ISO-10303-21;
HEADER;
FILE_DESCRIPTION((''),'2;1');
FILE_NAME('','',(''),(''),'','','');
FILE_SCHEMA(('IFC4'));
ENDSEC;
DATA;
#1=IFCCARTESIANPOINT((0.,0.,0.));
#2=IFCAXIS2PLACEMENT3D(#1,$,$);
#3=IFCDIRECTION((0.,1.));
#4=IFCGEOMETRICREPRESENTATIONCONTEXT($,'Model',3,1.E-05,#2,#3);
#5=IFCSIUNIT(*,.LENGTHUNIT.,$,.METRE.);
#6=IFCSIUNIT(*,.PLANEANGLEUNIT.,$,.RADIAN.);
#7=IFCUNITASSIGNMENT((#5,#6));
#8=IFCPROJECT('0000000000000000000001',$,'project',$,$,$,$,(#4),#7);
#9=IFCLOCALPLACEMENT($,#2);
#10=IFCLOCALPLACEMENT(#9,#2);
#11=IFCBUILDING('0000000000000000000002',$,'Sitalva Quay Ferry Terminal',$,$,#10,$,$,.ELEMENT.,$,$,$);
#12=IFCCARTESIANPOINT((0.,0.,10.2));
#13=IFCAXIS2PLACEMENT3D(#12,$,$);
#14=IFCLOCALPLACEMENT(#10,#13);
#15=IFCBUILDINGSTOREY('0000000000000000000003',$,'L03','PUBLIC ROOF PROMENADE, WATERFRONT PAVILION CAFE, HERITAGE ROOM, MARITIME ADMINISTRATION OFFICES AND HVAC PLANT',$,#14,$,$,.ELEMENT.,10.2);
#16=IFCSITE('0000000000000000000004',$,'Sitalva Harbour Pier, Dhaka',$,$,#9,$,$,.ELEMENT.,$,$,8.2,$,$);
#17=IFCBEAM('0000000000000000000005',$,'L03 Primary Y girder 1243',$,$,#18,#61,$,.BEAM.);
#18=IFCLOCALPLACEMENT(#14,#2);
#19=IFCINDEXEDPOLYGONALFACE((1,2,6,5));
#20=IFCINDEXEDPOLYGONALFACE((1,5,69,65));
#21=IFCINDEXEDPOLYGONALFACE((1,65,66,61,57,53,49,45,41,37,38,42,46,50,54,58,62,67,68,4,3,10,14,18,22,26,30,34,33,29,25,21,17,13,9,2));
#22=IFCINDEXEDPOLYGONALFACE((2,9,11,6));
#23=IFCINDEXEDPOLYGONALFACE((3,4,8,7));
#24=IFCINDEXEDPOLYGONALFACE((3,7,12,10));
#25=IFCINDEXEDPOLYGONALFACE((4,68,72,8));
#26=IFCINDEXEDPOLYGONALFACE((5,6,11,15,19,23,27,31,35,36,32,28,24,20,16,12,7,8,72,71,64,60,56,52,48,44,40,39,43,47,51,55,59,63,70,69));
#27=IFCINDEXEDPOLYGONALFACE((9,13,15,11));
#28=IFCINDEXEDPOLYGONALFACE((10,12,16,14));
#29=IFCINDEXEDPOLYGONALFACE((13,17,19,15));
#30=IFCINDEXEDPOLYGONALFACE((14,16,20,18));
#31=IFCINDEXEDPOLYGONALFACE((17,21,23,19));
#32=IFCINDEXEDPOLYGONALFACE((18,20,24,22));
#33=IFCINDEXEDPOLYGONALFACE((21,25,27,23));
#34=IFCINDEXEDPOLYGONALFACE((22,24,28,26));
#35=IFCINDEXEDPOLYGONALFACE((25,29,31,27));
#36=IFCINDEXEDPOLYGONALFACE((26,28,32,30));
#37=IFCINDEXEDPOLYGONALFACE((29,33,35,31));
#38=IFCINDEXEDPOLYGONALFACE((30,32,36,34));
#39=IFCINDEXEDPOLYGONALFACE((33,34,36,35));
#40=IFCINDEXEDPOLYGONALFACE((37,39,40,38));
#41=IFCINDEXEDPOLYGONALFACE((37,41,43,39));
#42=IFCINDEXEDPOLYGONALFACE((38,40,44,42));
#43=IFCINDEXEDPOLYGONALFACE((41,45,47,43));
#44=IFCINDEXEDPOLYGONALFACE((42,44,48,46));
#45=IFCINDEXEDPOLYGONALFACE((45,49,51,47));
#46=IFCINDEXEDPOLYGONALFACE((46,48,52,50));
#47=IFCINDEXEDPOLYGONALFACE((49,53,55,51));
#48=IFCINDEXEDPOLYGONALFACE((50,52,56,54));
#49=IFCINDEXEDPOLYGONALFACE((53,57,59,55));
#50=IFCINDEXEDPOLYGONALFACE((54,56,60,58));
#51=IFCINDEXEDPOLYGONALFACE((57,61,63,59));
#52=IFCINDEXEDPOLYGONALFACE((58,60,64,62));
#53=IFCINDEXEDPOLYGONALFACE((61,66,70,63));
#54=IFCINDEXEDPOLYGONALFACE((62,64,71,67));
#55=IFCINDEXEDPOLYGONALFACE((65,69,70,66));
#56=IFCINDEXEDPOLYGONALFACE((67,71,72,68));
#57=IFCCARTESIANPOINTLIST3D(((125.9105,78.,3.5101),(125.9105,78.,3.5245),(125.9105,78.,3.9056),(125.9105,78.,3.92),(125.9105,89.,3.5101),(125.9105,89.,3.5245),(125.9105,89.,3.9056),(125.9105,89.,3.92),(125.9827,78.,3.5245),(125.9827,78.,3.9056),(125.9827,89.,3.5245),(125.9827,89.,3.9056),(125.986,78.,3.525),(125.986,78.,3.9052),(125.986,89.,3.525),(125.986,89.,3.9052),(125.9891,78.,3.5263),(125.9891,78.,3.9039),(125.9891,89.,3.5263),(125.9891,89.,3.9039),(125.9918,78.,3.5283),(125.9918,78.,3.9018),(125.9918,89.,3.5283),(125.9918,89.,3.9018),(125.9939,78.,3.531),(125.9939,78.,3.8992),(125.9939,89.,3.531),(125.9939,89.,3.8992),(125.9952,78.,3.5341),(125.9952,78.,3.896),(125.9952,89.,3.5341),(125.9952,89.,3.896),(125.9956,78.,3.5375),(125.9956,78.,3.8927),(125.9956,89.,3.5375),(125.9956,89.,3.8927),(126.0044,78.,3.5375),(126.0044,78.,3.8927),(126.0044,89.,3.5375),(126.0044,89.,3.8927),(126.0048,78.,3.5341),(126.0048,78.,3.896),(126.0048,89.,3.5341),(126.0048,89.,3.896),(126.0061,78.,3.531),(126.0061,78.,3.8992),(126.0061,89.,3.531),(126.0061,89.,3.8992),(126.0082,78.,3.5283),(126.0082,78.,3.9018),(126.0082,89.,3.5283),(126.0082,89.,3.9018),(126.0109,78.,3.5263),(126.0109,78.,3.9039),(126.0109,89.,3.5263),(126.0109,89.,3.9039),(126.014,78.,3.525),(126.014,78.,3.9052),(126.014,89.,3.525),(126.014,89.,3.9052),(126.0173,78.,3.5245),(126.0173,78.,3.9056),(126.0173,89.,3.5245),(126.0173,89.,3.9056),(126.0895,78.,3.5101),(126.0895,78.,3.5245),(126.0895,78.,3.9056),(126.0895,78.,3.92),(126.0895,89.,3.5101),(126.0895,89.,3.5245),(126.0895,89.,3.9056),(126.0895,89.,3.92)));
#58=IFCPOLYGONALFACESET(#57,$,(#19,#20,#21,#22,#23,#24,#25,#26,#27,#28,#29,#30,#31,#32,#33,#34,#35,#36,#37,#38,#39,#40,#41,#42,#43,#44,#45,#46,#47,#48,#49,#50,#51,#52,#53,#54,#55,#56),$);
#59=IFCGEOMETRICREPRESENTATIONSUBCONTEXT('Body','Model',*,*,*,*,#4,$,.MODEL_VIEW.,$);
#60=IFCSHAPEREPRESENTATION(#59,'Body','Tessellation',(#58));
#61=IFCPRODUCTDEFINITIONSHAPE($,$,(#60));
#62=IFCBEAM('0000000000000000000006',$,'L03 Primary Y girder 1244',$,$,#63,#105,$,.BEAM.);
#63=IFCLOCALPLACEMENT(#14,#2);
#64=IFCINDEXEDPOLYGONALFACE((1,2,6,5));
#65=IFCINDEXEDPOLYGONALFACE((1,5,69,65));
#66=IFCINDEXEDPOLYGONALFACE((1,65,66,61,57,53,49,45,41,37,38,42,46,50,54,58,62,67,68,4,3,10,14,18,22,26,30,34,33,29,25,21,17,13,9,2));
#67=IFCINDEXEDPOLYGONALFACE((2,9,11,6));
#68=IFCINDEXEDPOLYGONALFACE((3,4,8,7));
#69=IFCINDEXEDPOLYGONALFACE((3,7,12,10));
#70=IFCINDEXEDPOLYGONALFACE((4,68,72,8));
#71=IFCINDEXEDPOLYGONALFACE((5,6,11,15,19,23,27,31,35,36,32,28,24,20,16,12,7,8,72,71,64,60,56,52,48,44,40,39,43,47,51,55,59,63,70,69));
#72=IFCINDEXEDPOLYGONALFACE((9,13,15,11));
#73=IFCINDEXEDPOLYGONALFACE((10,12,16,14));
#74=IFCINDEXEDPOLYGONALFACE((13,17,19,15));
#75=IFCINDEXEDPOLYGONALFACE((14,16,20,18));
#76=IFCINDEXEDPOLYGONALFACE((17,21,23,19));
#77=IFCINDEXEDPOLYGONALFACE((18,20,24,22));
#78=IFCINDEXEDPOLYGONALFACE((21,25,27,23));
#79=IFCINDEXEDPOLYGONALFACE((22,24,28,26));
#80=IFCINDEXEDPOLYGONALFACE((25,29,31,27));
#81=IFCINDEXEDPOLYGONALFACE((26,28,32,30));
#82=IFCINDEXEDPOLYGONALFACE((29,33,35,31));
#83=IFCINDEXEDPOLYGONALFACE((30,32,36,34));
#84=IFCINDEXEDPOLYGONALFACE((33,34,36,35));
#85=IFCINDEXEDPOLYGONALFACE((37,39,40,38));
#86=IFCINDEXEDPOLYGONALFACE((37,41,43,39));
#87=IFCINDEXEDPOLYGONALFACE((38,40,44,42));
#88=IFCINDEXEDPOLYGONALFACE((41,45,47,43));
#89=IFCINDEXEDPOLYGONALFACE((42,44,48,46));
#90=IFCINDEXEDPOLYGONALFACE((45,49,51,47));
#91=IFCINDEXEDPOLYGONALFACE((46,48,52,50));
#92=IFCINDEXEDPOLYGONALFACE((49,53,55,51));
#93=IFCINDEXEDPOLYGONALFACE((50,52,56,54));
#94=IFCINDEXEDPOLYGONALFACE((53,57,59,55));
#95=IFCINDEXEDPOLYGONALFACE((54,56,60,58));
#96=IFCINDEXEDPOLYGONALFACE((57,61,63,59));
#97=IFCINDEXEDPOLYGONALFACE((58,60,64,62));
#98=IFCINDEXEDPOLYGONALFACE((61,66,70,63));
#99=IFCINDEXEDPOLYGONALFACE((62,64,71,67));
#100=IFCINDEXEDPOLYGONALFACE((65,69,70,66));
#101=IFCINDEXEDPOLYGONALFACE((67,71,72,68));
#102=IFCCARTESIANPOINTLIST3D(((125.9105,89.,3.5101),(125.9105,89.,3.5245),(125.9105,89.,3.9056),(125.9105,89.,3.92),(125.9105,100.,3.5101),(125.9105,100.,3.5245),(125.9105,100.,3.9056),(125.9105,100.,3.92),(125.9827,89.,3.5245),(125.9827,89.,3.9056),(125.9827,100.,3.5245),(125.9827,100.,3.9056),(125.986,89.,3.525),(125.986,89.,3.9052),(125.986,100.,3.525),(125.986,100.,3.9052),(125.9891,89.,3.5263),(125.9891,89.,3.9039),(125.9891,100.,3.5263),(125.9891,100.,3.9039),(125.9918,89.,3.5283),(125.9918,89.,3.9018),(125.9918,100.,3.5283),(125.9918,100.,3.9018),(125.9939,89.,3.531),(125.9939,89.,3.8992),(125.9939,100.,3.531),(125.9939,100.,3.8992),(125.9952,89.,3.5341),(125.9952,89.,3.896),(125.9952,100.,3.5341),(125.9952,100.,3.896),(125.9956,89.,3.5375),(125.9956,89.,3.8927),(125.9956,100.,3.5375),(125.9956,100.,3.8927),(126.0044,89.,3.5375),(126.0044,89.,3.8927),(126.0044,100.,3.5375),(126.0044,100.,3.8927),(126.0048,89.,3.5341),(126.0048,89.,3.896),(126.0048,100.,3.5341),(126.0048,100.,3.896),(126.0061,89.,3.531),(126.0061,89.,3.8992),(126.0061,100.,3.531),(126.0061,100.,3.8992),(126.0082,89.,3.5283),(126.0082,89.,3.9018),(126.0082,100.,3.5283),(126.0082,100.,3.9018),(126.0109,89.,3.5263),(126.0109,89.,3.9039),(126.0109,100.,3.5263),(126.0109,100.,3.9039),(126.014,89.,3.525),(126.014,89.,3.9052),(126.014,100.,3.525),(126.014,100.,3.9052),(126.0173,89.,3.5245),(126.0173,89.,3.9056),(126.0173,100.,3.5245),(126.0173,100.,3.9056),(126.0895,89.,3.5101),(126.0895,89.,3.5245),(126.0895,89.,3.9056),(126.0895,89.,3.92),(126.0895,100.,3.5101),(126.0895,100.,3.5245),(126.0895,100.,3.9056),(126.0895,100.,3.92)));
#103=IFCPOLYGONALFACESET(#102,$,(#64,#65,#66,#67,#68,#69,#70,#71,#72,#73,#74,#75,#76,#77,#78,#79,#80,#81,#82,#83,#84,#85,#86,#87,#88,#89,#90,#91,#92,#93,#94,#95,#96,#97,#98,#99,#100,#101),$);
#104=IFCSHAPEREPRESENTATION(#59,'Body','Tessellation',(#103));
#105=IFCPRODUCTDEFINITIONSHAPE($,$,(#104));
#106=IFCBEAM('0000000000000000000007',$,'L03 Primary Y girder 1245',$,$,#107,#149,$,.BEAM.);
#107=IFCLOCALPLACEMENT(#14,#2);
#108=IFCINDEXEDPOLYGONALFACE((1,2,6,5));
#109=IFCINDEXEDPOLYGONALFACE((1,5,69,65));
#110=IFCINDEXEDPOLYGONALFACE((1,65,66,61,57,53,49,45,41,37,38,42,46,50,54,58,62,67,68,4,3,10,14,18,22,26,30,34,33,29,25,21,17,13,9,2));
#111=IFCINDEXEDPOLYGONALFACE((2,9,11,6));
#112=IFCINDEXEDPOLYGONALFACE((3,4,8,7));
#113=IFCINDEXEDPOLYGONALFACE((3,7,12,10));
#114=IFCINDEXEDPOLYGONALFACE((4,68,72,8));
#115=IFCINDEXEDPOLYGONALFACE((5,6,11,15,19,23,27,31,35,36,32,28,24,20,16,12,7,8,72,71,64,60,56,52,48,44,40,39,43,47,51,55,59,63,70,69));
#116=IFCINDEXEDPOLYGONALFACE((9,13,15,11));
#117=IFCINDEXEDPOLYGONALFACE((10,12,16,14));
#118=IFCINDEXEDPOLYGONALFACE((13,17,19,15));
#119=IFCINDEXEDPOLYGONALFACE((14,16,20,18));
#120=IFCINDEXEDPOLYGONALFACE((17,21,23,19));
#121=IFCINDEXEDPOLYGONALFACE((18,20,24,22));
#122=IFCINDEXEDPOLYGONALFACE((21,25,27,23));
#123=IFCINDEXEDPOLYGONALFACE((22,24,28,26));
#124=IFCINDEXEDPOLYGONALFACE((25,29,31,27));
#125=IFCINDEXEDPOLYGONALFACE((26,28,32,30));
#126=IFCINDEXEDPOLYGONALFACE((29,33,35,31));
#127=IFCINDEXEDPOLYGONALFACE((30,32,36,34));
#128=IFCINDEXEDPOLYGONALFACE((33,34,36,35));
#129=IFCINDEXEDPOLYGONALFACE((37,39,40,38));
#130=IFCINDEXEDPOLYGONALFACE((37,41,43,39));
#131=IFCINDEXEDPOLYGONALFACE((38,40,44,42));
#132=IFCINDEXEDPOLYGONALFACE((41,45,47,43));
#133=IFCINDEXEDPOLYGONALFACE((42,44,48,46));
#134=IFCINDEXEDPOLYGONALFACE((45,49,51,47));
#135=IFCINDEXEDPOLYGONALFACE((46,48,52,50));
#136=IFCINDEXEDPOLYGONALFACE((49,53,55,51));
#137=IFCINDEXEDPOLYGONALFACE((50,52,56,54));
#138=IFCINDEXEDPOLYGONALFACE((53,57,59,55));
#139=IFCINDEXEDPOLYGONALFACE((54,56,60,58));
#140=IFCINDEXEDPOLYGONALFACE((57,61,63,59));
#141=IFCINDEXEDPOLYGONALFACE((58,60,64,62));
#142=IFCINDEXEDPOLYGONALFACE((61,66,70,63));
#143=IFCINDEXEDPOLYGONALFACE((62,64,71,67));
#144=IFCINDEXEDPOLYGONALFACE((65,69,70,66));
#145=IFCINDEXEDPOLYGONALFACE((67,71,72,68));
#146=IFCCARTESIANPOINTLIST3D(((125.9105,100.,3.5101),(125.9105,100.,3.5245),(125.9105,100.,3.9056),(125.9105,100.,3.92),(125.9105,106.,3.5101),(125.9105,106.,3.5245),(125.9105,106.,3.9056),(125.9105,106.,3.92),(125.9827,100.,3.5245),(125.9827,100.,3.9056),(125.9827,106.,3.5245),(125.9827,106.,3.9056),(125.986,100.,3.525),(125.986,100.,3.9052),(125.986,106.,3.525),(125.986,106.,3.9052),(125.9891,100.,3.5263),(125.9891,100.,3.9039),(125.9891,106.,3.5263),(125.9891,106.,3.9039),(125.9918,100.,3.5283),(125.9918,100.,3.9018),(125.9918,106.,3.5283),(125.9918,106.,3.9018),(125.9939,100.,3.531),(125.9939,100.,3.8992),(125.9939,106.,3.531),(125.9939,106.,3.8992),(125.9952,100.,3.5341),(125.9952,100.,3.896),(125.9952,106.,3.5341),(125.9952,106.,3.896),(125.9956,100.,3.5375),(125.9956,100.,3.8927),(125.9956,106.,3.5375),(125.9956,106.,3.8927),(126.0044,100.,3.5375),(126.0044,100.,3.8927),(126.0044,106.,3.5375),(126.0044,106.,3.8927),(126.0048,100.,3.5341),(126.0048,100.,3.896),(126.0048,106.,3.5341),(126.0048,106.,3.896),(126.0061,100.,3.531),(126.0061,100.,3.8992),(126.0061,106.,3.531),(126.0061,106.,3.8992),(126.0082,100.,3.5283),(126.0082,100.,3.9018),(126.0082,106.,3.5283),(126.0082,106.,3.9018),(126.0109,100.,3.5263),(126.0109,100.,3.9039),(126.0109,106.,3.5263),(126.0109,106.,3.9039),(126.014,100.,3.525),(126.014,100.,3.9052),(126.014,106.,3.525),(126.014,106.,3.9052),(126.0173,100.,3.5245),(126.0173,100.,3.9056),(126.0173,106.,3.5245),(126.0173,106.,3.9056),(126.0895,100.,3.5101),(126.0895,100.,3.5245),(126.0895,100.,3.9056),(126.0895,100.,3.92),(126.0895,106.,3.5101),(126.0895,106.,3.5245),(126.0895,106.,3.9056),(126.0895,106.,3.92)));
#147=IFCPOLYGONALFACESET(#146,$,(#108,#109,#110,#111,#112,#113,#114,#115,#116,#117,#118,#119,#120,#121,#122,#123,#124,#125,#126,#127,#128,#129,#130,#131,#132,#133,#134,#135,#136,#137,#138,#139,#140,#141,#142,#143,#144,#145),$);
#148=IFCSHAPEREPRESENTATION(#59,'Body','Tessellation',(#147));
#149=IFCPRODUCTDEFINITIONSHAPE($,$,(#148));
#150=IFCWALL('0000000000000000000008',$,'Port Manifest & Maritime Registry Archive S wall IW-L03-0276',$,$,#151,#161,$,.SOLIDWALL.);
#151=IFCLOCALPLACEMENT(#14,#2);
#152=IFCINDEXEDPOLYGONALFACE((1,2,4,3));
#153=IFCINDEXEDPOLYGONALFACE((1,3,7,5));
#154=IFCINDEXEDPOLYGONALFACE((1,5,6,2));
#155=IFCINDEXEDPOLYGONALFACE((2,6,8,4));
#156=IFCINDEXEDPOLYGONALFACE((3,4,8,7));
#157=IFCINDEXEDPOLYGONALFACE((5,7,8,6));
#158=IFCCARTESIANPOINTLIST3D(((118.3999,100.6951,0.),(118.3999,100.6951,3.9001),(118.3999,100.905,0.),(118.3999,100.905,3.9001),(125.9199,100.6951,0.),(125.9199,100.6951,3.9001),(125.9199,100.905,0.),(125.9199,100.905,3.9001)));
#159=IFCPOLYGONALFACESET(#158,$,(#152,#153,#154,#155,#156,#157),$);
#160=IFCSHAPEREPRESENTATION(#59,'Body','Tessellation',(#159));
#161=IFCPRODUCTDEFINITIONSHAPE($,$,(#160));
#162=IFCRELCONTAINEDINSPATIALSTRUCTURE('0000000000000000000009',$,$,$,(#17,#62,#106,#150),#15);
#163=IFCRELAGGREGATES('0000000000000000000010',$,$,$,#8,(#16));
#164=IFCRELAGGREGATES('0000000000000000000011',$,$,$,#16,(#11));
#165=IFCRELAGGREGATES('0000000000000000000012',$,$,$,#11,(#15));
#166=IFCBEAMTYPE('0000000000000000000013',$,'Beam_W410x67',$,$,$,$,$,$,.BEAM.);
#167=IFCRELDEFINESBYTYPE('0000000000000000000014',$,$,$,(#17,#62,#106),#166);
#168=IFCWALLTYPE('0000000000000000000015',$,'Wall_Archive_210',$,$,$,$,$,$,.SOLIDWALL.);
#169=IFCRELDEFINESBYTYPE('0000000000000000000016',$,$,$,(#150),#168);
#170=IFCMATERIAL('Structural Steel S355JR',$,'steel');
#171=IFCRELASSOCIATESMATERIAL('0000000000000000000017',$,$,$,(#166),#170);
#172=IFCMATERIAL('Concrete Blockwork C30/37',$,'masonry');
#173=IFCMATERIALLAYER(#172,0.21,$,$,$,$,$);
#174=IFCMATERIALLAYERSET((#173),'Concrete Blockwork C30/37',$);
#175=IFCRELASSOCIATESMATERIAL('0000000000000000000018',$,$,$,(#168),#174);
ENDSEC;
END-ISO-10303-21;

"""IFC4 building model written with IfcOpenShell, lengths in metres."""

from ifc_helpers import new_model, si_unit, direction, frame, frame_2d, origin, origin_2d, place, context, subcontext, project, spatial, rectangle, i_section, extrude, material, layer, layer_set, material_profile, profile_set, type_object, element, save


model = new_model("IFC4")

# Units and contexts
model_context = context("Model", 3, precision=1e-05, world=origin(), true_north=direction((0.0, 1.0)))
body_context = subcontext(model_context, "Body", "Model", "MODEL_VIEW")
ifc_project = project(units=[si_unit("LENGTHUNIT", "METRE"), si_unit("PLANEANGLEUNIT", "RADIAN")], contexts=[model_context])

# Site, building, storey
site_placement = place(None, origin())
site = spatial("IfcSite", under=ifc_project, at=site_placement, Name="Sitalva Harbour Pier, Dhaka", CompositionType="ELEMENT", RefElevation=8.2)
building_placement = place(site_placement, origin())
building = spatial("IfcBuilding", under=site, at=building_placement, Name="Sitalva Quay Ferry Terminal", CompositionType="ELEMENT")
storey_placement = place(building_placement, frame((0.0, 0.0, 10.2)))
storey = spatial("IfcBuildingStorey", under=building, at=storey_placement, Name="L03", Description="PUBLIC ROOF PROMENADE, WATERFRONT PAVILION CAFE, HERITAGE ROOM, MARITIME ADMINISTRATION OFFICES AND HVAC PLANT", CompositionType="ELEMENT", Elevation=10.2)

# Beams
ifc_material_1 = material(Name="Structural Steel S355JR", Category="steel")
ifc_material_profile_1 = material_profile(ifc_material_1, i_section(OverallWidth=0.179, OverallDepth=0.4099, WebThickness=0.0088, FlangeThickness=0.0144, FilletRadius=0.0129, at=origin_2d()), Name="W410x67")
ifc_profile_set_1 = profile_set([ifc_material_profile_1], Name="Structural Steel S355JR")
beam_type = type_object("IfcBeamType", Name="Beam_W410x67", PredefinedType="BEAM", material=ifc_profile_set_1)
for number, where, z_axis, x_axis, name in (
    (1, (126.0, 78.0, 3.7151), (0.0, 1.0, 0.0), (-1.0, 0.0, 0.0), "L03 Primary Y girder 1243"),
    (2, (126.0, 89.0, 3.7151), (0.0, 1.0, 0.0), (-1.0, 0.0, 0.0), "L03 Primary Y girder 1244"),
):
    element("IfcBeam", number, at=place(storey_placement, frame(where, z_axis=z_axis, x_axis=x_axis)), inside=storey, type_object=beam_type, Name=name, PredefinedType="BEAM", context=body_context, shape_type="SweptSolid", body=[
        extrude(i_section(OverallWidth=0.179, OverallDepth=0.4099, WebThickness=0.0088, FlangeThickness=0.0144, FilletRadius=0.0129, at=origin_2d()), origin(), (0.0, 0.0, 1.0), 11.0),
    ])
beam_placement = place(storey_placement, frame((126.0, 100.0, 3.7151), z_axis=(0.0, 1.0, 0.0), x_axis=(-1.0, 0.0, 0.0)))
element("IfcBeam", 3, at=beam_placement, inside=storey, type_object=beam_type, Name="L03 Primary Y girder 1245", PredefinedType="BEAM", context=body_context, shape_type="SweptSolid", body=[
    extrude(i_section(OverallWidth=0.179, OverallDepth=0.4099, WebThickness=0.0088, FlangeThickness=0.0144, FilletRadius=0.0129, at=origin_2d()), origin(), (0.0, 0.0, 1.0), 6.0),
])

# Wall
ifc_material_2 = material(Name="Concrete Blockwork C30/37", Category="masonry")
ifc_layer_1 = layer(ifc_material_2, 0.21)
ifc_layer_set_1 = layer_set([ifc_layer_1], Name="Concrete Blockwork C30/37")
wall_type_1 = type_object("IfcWallType", Name="Wall_Archive_210", PredefinedType="SOLIDWALL", material=ifc_layer_set_1)
wall_1_placement = place(storey_placement, frame((118.3999, 100.8, 0.0), z_axis=(0.0, 0.0, 1.0), x_axis=(1.0, 0.0, 0.0)))
element("IfcWall", 4, at=wall_1_placement, inside=storey, type_object=wall_type_1, Name="Port Manifest & Maritime Registry Archive S wall IW-L03-0276", PredefinedType="SOLIDWALL", context=body_context, shape_type="SweptSolid", body=[
    extrude(rectangle(XDim=7.52, YDim=0.21, at=frame_2d((3.76, 0.0))), origin(), (0.0, 0.0, 1.0), 3.9001),
])

save(model, "model.ifc")
